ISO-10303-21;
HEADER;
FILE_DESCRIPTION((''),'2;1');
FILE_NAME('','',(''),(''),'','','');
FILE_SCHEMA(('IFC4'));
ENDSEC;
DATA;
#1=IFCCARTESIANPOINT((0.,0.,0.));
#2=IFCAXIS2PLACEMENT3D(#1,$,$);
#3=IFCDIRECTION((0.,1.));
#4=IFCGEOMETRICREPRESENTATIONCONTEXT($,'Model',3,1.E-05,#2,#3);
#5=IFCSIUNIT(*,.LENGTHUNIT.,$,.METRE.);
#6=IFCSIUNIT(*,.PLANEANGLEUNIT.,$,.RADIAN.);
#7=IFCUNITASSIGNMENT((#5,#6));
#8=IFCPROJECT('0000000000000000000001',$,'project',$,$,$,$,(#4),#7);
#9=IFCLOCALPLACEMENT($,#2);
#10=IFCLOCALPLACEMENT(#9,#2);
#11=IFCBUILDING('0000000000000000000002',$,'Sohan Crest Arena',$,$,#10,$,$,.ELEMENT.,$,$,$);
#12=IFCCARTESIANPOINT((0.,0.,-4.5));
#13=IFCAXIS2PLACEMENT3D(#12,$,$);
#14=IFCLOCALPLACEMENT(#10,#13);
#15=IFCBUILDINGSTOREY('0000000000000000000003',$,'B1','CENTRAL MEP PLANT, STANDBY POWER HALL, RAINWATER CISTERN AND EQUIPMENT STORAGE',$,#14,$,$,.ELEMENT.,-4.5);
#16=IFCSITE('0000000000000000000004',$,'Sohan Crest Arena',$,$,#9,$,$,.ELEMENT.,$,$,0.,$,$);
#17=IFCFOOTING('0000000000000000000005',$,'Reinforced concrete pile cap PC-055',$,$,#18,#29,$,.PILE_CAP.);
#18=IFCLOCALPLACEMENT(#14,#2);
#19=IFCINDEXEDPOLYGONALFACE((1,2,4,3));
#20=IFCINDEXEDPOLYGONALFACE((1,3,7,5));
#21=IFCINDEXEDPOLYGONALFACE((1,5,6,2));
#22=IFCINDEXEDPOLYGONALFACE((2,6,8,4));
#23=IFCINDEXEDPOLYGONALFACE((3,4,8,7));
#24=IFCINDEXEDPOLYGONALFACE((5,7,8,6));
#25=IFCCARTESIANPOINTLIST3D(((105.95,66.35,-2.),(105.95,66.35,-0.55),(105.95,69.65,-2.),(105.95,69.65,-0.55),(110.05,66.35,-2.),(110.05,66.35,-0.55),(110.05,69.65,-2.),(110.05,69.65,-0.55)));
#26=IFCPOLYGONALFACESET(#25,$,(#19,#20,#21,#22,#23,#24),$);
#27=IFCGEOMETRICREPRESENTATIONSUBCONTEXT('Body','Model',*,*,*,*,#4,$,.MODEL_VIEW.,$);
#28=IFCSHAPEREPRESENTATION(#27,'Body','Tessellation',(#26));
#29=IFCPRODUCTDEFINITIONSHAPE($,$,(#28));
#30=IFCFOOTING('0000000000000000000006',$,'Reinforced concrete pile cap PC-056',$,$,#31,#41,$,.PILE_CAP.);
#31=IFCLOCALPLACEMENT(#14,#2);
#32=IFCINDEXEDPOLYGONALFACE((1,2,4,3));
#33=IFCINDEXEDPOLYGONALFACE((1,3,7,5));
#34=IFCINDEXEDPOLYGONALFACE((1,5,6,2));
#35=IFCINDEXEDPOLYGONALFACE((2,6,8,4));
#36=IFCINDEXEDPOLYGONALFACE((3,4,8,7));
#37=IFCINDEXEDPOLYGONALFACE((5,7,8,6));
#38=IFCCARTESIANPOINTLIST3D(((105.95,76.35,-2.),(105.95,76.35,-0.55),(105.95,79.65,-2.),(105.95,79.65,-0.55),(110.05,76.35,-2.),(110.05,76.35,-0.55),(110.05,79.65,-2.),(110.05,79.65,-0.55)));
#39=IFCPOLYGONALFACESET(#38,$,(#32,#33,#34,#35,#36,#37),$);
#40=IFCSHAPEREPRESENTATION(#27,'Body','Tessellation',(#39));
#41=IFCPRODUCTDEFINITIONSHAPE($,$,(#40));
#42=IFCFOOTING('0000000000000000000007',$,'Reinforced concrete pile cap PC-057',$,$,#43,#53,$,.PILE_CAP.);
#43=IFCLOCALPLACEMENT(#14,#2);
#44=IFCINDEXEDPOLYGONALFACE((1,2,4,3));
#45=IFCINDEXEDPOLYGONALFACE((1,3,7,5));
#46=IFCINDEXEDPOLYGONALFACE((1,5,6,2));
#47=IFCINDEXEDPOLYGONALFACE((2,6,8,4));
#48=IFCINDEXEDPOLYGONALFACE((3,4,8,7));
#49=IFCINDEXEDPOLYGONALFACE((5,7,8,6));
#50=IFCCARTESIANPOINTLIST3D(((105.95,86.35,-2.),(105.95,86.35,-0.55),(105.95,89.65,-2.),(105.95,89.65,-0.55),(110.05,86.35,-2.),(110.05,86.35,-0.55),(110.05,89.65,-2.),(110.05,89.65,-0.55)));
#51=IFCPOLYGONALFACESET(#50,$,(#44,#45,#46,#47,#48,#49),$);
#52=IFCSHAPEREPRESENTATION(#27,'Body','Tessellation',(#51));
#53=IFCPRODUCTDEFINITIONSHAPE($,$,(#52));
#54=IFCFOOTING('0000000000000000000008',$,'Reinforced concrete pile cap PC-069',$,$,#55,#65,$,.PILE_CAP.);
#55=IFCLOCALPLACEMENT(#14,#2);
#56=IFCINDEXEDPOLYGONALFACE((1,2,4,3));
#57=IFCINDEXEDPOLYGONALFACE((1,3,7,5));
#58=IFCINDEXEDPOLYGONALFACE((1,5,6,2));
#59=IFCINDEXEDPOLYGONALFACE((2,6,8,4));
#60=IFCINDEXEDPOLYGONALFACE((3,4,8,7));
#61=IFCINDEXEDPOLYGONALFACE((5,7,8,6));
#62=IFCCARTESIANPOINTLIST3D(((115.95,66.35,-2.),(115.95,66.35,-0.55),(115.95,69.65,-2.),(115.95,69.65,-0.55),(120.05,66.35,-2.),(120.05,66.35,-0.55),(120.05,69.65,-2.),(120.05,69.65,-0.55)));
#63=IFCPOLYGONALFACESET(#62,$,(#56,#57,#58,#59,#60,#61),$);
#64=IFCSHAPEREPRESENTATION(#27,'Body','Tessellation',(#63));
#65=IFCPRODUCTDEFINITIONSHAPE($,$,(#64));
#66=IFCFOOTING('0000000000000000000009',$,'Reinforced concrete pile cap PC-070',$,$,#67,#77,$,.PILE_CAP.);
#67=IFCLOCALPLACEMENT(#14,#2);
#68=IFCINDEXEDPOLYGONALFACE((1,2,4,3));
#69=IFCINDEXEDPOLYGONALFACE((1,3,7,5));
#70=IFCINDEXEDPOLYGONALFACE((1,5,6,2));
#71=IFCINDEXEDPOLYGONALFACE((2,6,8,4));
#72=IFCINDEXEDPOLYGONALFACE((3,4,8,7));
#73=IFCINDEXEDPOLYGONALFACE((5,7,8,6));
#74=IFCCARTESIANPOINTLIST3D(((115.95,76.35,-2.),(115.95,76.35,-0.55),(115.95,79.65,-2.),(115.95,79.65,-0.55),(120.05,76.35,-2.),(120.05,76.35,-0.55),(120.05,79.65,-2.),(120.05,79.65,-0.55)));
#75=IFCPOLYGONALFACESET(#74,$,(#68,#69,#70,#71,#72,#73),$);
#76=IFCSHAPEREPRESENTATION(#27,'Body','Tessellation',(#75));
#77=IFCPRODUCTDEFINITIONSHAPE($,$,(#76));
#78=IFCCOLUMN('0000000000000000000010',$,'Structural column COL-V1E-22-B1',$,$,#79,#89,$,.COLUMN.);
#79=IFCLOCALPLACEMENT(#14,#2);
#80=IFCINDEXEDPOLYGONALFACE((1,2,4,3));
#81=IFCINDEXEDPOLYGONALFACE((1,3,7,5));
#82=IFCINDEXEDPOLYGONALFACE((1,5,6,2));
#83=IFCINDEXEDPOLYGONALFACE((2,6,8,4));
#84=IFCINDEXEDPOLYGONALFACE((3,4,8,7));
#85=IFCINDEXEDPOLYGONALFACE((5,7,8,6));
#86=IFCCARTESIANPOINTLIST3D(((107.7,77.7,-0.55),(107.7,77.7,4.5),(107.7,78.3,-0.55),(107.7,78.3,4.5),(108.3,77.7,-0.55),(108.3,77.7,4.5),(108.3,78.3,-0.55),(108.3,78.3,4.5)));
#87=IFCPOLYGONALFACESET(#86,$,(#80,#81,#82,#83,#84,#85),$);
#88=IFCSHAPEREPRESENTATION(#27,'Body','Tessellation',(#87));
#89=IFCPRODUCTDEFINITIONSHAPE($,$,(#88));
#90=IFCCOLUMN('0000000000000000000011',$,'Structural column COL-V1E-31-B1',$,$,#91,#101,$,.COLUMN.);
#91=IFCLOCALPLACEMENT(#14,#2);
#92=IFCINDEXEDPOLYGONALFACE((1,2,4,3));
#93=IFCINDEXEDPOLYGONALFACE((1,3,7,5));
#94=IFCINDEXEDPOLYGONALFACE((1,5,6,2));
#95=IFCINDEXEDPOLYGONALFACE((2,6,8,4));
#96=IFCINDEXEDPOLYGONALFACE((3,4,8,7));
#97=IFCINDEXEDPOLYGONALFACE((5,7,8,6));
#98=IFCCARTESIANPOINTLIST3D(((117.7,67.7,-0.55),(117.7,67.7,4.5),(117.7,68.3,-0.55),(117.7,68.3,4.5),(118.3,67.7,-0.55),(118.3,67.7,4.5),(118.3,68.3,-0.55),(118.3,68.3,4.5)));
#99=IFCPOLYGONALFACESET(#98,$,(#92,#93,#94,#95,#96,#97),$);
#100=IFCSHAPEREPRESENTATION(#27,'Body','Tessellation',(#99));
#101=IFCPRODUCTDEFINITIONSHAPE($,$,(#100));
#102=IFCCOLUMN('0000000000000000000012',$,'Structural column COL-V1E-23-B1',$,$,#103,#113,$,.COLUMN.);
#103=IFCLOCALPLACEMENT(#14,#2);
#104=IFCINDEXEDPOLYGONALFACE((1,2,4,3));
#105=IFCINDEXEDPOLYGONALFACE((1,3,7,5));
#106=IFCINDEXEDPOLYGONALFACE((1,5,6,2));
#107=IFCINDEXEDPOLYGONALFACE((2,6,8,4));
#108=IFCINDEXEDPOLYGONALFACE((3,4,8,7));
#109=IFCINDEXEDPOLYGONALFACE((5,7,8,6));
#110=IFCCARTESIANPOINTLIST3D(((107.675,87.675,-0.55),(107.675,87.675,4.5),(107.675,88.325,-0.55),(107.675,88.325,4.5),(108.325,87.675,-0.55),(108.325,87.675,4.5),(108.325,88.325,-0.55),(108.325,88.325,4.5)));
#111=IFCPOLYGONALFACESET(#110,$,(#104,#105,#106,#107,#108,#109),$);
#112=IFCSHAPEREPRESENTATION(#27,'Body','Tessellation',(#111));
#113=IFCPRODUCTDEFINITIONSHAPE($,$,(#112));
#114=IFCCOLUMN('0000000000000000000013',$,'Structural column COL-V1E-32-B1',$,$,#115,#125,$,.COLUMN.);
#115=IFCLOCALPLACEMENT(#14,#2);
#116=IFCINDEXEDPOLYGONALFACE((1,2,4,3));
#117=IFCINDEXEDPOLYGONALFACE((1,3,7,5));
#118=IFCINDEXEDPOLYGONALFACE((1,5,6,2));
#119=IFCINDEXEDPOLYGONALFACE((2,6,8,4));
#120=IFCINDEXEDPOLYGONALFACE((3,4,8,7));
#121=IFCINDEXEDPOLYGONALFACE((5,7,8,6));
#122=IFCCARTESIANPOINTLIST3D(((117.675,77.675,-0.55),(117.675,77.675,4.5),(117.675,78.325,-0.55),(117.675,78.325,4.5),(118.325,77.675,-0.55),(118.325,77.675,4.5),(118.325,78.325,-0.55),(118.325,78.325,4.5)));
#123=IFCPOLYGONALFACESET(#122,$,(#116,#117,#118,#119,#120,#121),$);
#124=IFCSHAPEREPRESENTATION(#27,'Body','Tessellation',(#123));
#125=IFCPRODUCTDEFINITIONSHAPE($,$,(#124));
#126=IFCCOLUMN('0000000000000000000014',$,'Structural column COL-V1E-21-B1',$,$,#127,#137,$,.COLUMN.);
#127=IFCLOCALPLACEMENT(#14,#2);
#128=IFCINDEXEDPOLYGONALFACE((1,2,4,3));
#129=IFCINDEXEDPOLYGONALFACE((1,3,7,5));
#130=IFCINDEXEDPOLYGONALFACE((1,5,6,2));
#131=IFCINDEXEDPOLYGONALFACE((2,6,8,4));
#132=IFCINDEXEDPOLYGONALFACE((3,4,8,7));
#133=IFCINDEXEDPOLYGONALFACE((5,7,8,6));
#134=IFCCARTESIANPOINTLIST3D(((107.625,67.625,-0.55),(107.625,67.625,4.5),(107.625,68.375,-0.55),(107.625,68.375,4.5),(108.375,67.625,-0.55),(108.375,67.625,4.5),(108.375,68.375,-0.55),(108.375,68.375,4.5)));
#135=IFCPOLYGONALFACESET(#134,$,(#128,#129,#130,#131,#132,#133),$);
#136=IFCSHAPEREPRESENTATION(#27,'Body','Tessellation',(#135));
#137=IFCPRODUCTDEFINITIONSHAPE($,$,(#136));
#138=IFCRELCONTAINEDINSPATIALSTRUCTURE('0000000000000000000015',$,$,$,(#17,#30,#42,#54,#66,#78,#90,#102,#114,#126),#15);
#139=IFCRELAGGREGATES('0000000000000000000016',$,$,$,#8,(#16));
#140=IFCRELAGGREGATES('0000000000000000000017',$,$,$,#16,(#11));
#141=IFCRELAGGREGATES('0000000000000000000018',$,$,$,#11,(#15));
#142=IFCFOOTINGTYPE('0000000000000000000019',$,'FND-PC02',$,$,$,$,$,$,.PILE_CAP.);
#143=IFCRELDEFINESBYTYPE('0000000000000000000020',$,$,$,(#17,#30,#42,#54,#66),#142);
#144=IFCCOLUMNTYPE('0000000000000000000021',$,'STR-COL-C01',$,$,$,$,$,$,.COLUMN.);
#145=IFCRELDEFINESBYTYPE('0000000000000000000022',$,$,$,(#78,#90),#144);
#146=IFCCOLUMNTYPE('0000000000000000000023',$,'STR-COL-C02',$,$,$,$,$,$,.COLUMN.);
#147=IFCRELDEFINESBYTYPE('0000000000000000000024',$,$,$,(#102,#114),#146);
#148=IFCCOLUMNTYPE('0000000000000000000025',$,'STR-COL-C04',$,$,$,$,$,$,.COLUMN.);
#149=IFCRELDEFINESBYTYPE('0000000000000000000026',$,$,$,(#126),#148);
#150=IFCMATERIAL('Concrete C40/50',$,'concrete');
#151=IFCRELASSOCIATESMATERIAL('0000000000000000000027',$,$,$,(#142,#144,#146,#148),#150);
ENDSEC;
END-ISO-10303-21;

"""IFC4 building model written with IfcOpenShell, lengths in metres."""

from ifc_helpers import new_model, si_unit, direction, frame, origin, origin_2d, place, context, subcontext, project, spatial, rectangle, extrude, material, material_profile, profile_set, type_object, element, save


model = new_model("IFC4")

# Units and contexts
model_context = context("Model", 3, precision=1e-05, world=origin(), true_north=direction((0.0, 1.0)))
body_context = subcontext(model_context, "Body", "Model", "MODEL_VIEW")
ifc_project = project(units=[si_unit("LENGTHUNIT", "METRE"), si_unit("PLANEANGLEUNIT", "RADIAN")], contexts=[model_context])

# Site, building, storey
site_placement = place(None, origin())
site = spatial("IfcSite", under=ifc_project, at=site_placement, Name="Sohan Crest Arena", CompositionType="ELEMENT", RefElevation=0.0)
building_placement = place(site_placement, origin())
building = spatial("IfcBuilding", under=site, at=building_placement, Name="Sohan Crest Arena", CompositionType="ELEMENT")
storey_placement = place(building_placement, frame((0.0, 0.0, -4.5)))
storey = spatial("IfcBuildingStorey", under=building, at=storey_placement, Name="B1", Description="CENTRAL MEP PLANT, STANDBY POWER HALL, RAINWATER CISTERN AND EQUIPMENT STORAGE", CompositionType="ELEMENT", Elevation=-4.5)

# Shared definitions
ifc_material = material(Name="Concrete C40/50", Category="concrete")

# Footings
footing_type_1 = type_object("IfcFootingType", Name="FND-PC02", PredefinedType="PILE_CAP", material=ifc_material)
for number, where, z_axis, x_axis, name in (
    (1, (108.0, 68.0, -2.0), (0.0, 0.0, 1.0), (1.0, 0.0, 0.0), "Reinforced concrete pile cap PC-055"),
    (2, (108.0, 78.0, -2.0), (0.0, 0.0, 1.0), (1.0, 0.0, 0.0), "Reinforced concrete pile cap PC-056"),
    (3, (108.0, 88.0, -2.0), (0.0, 0.0, 1.0), (1.0, 0.0, 0.0), "Reinforced concrete pile cap PC-057"),
    (4, (118.0, 68.0, -2.0), (0.0, 0.0, 1.0), (1.0, 0.0, 0.0), "Reinforced concrete pile cap PC-069"),
    (5, (118.0, 78.0, -2.0), (0.0, 0.0, 1.0), (1.0, 0.0, 0.0), "Reinforced concrete pile cap PC-070"),
):
    element("IfcFooting", number, at=place(storey_placement, frame(where, z_axis=z_axis, x_axis=x_axis)), inside=storey, type_object=footing_type_1, Name=name, PredefinedType="PILE_CAP", context=body_context, shape_type="SweptSolid", body=[
        extrude(rectangle(XDim=4.1001, YDim=3.3, at=origin_2d()), origin(), (0.0, 0.0, 1.0), 1.45),
    ])

# Columns
ifc_material_profile_1 = material_profile(ifc_material, rectangle(XDim=0.6001, YDim=0.6001, at=origin_2d()), Name="RC 600x600")
ifc_profile_set_1 = profile_set([ifc_material_profile_1], Name="Concrete C40/50")
column_type_1 = type_object("IfcColumnType", Name="STR-COL-C01", PredefinedType="COLUMN", material=ifc_profile_set_1)
for number, where, z_axis, x_axis, name in (
    (6, (108.0, 78.0, -0.55), (0.0, 0.0, 1.0), (1.0, 0.0, 0.0), "Structural column COL-V1E-22-B1"),
    (7, (118.0, 68.0, -0.55), (0.0, 0.0, 1.0), (1.0, 0.0, 0.0), "Structural column COL-V1E-31-B1"),
):
    element("IfcColumn", number, at=place(storey_placement, frame(where, z_axis=z_axis, x_axis=x_axis)), inside=storey, type_object=column_type_1, Name=name, PredefinedType="COLUMN", context=body_context, shape_type="SweptSolid", body=[
        extrude(rectangle(XDim=0.6001, YDim=0.6001, at=origin_2d()), origin(), (0.0, 0.0, 1.0), 5.05),
    ])
ifc_material_profile_2 = material_profile(ifc_material, rectangle(XDim=0.6499, YDim=0.6499, at=origin_2d()), Name="RC 650x650")
ifc_profile_set_2 = profile_set([ifc_material_profile_2], Name="Concrete C40/50")
column_type_2 = type_object("IfcColumnType", Name="STR-COL-C02", PredefinedType="COLUMN", material=ifc_profile_set_2)
for number, where, z_axis, x_axis, name in (
    (8, (108.0, 88.0, -0.55), (0.0, 0.0, 1.0), (1.0, 0.0, 0.0), "Structural column COL-V1E-23-B1"),
    (9, (118.0, 78.0, -0.55), (0.0, 0.0, 1.0), (1.0, 0.0, 0.0), "Structural column COL-V1E-32-B1"),
):
    element("IfcColumn", number, at=place(storey_placement, frame(where, z_axis=z_axis, x_axis=x_axis)), inside=storey, type_object=column_type_2, Name=name, PredefinedType="COLUMN", context=body_context, shape_type="SweptSolid", body=[
        extrude(rectangle(XDim=0.6499, YDim=0.6499, at=origin_2d()), origin(), (0.0, 0.0, 1.0), 5.05),
    ])
ifc_material_profile_3 = material_profile(ifc_material, rectangle(XDim=0.75, YDim=0.75, at=origin_2d()), Name="RC 750x750")
ifc_profile_set_3 = profile_set([ifc_material_profile_3], Name="Concrete C40/50")
column_type_3 = type_object("IfcColumnType", Name="STR-COL-C04", PredefinedType="COLUMN", material=ifc_profile_set_3)
column_placement = place(storey_placement, frame((108.0, 68.0, -0.55), z_axis=(0.0, 0.0, 1.0), x_axis=(1.0, 0.0, 0.0)))
element("IfcColumn", 10, at=column_placement, inside=storey, type_object=column_type_3, Name="Structural column COL-V1E-21-B1", PredefinedType="COLUMN", context=body_context, shape_type="SweptSolid", body=[
    extrude(rectangle(XDim=0.75, YDim=0.75, at=origin_2d()), origin(), (0.0, 0.0, 1.0), 5.05),
])

save(model, "model.ifc")
